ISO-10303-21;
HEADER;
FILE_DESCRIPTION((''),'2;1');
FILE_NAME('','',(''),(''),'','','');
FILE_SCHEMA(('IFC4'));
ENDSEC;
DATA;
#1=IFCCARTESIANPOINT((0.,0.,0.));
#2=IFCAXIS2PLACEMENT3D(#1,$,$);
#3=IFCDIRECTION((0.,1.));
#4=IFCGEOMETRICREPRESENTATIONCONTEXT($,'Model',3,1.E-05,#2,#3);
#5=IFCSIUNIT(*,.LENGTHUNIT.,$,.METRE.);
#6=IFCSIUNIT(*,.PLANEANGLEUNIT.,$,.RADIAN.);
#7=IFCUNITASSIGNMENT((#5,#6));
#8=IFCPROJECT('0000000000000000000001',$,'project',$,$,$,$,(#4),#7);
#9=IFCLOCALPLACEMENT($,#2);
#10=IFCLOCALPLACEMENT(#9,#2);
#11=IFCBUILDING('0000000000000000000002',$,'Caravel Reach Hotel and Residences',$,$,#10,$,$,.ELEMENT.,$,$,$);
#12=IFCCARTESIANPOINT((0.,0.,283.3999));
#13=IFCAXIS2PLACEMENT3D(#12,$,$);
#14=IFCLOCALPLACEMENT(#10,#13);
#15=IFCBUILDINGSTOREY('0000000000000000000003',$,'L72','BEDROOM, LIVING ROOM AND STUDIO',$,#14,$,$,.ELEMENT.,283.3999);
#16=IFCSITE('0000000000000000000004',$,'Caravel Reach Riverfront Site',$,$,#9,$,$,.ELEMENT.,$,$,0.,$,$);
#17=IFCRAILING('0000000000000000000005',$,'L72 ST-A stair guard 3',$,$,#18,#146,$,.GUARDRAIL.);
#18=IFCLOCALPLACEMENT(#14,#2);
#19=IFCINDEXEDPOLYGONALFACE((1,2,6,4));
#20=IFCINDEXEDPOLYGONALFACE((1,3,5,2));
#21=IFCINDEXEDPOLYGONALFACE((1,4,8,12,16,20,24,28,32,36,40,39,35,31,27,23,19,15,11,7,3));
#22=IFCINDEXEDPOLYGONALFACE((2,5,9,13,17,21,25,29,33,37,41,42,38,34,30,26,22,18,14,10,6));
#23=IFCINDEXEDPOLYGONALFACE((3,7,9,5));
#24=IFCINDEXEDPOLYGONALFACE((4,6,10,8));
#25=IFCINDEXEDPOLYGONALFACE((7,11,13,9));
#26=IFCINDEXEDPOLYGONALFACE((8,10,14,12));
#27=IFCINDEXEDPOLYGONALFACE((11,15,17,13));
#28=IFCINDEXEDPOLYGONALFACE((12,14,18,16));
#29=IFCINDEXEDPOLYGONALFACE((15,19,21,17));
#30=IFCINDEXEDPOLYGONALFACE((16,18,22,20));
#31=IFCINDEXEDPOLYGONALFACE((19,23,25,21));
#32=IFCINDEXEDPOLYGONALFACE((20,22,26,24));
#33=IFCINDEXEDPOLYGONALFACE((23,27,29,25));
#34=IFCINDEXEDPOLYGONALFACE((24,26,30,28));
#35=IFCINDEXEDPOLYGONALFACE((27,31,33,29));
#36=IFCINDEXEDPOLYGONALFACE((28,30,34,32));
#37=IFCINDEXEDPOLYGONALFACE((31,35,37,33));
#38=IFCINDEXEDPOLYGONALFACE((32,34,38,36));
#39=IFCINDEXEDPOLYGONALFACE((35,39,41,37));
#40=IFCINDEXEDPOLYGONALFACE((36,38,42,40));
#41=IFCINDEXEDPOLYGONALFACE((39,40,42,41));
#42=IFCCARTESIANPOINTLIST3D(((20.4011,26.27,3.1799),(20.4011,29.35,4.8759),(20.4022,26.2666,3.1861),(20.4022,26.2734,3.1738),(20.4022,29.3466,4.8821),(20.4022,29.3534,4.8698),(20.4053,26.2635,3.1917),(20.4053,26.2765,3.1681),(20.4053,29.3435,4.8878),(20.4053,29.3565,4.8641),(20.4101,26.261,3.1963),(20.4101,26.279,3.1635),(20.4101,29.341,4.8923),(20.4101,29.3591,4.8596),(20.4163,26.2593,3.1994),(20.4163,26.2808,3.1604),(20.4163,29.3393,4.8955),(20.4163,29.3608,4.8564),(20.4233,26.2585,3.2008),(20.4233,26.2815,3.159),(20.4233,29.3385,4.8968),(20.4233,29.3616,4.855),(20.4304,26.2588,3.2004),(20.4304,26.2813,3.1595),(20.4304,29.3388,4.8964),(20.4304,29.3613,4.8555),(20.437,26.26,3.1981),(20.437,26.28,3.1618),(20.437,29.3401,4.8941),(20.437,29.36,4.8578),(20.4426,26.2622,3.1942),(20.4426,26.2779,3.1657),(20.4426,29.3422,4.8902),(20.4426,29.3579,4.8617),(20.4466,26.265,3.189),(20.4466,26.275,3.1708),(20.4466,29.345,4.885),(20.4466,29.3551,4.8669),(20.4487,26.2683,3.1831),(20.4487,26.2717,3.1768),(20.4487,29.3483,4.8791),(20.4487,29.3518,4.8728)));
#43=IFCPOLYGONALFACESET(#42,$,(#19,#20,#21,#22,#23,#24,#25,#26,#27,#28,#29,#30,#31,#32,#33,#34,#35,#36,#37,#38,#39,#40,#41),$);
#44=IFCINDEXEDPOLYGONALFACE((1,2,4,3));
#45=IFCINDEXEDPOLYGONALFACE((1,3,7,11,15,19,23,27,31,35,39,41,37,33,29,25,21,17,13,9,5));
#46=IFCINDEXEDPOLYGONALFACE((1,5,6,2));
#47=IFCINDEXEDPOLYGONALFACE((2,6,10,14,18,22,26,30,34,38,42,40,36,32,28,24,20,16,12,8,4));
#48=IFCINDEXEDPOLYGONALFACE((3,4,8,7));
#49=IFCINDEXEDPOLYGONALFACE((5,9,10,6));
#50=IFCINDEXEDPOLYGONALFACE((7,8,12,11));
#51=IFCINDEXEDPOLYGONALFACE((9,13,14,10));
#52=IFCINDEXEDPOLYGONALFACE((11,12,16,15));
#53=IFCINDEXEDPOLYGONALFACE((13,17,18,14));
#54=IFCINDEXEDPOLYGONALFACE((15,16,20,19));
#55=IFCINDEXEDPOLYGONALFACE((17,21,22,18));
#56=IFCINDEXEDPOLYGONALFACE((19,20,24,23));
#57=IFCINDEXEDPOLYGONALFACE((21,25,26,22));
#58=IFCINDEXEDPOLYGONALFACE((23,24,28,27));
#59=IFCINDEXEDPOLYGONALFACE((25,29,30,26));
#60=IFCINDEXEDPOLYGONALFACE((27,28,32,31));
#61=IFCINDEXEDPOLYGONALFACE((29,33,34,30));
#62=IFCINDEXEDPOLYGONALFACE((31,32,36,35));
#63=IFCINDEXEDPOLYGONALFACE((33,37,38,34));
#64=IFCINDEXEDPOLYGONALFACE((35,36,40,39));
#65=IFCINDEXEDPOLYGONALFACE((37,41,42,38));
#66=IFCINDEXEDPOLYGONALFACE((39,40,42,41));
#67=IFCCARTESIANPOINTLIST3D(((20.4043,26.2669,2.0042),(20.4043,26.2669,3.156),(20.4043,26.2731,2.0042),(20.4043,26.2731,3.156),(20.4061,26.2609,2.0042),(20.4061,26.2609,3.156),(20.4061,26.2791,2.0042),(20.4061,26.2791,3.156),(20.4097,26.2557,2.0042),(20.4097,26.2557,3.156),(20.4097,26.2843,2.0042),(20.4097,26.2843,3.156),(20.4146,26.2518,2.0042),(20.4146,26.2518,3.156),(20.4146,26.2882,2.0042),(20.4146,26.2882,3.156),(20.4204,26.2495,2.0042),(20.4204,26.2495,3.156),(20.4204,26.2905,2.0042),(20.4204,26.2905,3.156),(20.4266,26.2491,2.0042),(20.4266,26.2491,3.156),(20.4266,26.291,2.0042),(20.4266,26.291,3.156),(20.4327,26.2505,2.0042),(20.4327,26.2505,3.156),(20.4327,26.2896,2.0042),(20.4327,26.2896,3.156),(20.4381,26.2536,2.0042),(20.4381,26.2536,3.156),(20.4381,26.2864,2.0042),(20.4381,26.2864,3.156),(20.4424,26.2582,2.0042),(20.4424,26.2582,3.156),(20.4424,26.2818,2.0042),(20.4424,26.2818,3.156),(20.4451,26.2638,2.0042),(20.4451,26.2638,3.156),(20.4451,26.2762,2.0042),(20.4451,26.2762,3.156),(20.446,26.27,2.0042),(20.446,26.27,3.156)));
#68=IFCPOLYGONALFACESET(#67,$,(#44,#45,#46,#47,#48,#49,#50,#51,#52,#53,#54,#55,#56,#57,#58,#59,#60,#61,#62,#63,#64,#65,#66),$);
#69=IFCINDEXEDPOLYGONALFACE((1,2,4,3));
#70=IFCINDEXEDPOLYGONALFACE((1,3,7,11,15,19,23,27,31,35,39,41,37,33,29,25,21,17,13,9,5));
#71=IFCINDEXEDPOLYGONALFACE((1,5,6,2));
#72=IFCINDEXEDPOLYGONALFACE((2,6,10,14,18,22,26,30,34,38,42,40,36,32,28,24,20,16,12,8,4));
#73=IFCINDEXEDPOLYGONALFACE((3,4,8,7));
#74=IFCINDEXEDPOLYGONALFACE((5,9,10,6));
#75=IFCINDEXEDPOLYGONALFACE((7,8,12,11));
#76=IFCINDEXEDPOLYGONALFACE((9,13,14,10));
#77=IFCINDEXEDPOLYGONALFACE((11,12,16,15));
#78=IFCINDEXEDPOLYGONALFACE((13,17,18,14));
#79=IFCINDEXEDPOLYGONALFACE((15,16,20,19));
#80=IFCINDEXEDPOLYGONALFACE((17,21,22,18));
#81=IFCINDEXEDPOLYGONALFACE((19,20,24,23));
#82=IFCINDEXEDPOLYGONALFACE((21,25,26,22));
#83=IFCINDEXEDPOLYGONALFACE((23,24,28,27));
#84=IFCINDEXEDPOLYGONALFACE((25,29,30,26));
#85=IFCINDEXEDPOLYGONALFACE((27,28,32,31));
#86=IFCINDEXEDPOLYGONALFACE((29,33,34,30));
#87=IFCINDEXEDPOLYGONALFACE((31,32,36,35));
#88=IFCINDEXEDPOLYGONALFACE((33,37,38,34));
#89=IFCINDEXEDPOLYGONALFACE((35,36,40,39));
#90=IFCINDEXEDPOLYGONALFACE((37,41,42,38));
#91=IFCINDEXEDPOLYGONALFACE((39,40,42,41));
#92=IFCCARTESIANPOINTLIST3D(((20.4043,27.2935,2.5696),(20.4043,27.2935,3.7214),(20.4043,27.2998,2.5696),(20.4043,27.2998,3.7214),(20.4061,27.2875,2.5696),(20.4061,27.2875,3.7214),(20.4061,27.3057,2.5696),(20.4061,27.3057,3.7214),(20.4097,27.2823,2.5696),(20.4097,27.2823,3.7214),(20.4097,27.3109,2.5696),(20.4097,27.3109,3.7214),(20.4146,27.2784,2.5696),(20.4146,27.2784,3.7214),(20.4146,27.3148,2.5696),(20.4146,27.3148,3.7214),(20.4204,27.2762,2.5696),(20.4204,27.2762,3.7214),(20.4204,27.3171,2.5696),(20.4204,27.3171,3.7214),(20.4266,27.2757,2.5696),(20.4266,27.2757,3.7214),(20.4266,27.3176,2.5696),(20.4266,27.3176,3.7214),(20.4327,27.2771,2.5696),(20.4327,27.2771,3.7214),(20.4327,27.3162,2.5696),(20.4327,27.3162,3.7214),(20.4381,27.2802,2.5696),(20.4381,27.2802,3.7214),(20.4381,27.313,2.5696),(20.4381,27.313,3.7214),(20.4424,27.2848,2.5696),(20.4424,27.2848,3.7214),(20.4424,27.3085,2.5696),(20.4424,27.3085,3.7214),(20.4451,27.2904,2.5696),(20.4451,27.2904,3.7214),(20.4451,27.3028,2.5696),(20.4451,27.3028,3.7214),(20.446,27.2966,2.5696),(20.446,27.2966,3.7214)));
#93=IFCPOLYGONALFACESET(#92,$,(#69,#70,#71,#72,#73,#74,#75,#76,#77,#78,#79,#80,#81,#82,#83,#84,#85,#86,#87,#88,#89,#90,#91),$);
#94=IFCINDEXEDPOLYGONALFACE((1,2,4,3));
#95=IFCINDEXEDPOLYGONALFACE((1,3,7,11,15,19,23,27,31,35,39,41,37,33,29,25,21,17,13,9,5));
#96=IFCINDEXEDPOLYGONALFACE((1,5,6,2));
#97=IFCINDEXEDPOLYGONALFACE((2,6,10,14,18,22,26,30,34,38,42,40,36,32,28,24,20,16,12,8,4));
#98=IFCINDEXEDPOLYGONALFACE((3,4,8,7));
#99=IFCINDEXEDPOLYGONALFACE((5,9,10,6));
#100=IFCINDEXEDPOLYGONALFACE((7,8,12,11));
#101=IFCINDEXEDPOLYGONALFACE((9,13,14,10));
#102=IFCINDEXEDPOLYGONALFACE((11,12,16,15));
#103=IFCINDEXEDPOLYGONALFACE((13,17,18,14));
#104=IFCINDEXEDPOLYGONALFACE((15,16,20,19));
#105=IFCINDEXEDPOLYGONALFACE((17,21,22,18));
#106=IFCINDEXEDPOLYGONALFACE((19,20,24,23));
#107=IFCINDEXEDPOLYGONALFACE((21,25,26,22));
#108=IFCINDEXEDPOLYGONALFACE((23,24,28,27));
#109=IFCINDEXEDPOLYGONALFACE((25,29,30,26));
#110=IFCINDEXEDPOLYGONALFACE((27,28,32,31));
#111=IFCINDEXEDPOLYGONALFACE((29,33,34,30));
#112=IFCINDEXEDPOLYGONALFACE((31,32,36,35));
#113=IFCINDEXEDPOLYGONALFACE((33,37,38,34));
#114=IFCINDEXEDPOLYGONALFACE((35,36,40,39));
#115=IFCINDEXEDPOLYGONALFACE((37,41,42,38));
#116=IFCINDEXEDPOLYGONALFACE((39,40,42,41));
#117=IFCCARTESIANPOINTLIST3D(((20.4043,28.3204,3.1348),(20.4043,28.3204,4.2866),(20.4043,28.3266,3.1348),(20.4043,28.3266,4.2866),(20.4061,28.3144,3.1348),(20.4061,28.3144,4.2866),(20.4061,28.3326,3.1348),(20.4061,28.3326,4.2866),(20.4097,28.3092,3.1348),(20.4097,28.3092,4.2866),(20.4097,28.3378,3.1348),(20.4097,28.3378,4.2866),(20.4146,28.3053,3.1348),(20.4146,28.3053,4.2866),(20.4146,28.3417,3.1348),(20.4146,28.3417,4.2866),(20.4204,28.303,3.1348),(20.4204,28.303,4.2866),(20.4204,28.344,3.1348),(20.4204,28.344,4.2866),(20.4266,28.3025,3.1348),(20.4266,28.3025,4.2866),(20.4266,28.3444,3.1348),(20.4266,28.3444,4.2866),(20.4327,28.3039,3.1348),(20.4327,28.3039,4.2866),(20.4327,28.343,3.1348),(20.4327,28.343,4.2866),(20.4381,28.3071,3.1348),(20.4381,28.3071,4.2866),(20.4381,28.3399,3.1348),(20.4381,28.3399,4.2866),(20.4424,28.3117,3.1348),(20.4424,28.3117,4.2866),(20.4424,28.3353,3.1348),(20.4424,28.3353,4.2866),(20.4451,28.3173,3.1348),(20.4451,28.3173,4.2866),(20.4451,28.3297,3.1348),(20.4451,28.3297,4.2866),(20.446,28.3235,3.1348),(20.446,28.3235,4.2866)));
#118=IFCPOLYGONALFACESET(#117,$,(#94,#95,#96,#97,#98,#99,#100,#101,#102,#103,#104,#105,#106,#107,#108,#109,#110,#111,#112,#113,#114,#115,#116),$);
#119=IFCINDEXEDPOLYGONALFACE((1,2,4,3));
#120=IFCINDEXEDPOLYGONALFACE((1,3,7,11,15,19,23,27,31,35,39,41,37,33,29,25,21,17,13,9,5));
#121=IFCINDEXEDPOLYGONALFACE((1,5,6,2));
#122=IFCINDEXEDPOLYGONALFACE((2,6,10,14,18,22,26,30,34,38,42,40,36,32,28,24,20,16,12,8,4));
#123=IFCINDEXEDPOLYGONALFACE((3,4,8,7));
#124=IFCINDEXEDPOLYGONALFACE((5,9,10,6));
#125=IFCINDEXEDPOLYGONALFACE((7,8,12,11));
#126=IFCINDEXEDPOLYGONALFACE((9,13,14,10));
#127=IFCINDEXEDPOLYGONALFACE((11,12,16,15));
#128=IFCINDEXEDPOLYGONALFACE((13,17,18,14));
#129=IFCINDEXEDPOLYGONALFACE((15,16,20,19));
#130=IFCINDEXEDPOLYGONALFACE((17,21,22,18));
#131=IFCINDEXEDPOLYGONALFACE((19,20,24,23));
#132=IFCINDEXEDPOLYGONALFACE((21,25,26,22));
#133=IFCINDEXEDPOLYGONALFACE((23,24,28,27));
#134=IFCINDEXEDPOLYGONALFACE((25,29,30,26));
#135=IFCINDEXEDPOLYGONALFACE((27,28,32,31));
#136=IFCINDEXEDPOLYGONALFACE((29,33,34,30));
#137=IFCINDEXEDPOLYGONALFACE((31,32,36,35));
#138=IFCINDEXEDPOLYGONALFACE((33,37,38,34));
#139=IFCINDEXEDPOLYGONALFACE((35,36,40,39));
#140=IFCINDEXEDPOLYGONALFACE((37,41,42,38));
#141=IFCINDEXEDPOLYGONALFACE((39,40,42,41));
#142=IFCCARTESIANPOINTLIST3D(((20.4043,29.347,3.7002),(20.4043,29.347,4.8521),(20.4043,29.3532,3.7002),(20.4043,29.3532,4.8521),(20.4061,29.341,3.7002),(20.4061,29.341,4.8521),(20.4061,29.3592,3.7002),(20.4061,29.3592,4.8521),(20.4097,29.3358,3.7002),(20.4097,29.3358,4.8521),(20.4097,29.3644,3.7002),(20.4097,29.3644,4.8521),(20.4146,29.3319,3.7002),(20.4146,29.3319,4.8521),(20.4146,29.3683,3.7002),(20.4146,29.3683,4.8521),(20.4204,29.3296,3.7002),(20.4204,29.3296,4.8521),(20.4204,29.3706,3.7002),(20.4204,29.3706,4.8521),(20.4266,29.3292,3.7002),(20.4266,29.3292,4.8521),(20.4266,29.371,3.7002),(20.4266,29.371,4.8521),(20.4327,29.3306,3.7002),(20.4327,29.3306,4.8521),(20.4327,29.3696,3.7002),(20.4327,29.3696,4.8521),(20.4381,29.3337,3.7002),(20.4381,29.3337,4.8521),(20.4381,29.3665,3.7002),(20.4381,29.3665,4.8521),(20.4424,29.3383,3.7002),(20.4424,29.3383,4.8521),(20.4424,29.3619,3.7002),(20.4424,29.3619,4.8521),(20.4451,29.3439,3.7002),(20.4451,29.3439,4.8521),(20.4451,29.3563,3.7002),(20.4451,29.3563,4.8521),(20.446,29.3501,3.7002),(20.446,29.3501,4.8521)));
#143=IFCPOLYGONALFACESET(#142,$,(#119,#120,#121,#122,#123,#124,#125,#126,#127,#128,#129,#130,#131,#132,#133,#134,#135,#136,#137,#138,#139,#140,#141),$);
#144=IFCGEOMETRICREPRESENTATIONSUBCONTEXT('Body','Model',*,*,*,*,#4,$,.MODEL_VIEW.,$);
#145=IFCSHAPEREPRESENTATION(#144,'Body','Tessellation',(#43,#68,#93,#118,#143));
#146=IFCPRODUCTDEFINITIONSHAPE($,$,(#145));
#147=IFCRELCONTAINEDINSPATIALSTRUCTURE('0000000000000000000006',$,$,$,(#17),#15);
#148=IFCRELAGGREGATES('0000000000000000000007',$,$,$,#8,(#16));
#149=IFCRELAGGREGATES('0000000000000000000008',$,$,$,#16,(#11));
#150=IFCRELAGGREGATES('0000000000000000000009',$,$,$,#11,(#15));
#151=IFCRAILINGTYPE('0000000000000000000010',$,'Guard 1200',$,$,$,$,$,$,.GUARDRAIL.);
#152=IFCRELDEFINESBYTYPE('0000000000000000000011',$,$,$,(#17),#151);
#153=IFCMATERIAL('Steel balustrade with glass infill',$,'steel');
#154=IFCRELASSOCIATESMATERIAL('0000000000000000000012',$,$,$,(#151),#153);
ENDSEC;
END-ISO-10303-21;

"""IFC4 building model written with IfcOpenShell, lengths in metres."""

from ifc_helpers import new_model, si_unit, direction, frame, origin, origin_2d, place, context, subcontext, project, spatial, circle, extrude, material, type_object, element, save


model = new_model("IFC4")

# Units and contexts
model_context = context("Model", 3, precision=1e-05, world=origin(), true_north=direction((0.0, 1.0)))
body_context = subcontext(model_context, "Body", "Model", "MODEL_VIEW")
ifc_project = project(units=[si_unit("LENGTHUNIT", "METRE"), si_unit("PLANEANGLEUNIT", "RADIAN")], contexts=[model_context])

# Site, building, storey
site_placement = place(None, origin())
site = spatial("IfcSite", under=ifc_project, at=site_placement, Name="Caravel Reach Riverfront Site", CompositionType="ELEMENT", RefElevation=0.0)
building_placement = place(site_placement, origin())
building = spatial("IfcBuilding", under=site, at=building_placement, Name="Caravel Reach Hotel and Residences", CompositionType="ELEMENT")
storey_placement = place(building_placement, frame((0.0, 0.0, 283.3999)))
storey = spatial("IfcBuildingStorey", under=building, at=storey_placement, Name="L72", Description="BEDROOM, LIVING ROOM AND STUDIO", CompositionType="ELEMENT", Elevation=283.3999)

# Railing
ifc_material_1 = material(Name="Steel balustrade with glass infill", Category="steel")
railing_type_1 = type_object("IfcRailingType", Name="Guard 1200", PredefinedType="GUARDRAIL", material=ifc_material_1)
railing_1_placement = place(storey_placement, frame((20.425, 26.27, 2.0042)))
element("IfcRailing", 1, at=railing_1_placement, inside=storey, type_object=railing_type_1, Name="L72 ST-A stair guard 3", PredefinedType="GUARDRAIL", context=body_context, shape_type="SweptSolid", body=[
    extrude(circle(Radius=0.0239, at=origin_2d()), frame((0.0, 0.0, 1.1758), z_axis=(0.0, 0.875975, 0.482356), x_axis=(-1.0, 0.0, 0.0)), (0.0, 0.0, 1.0), 3.5161),
    extrude(circle(Radius=0.021, at=origin_2d()), origin(), (0.0, 0.0, 1.0), 1.1519),
    extrude(circle(Radius=0.021, at=origin_2d()), frame((0.0, 1.0266, 0.5654)), (0.0, 0.0, 1.0), 1.1519),
    extrude(circle(Radius=0.021, at=origin_2d()), frame((0.0, 2.0535, 1.1306)), (0.0, 0.0, 1.0), 1.1519),
    extrude(circle(Radius=0.021, at=origin_2d()), frame((0.0, 3.0801, 1.696)), (0.0, 0.0, 1.0), 1.1519),
])

save(model, "model.ifc")
